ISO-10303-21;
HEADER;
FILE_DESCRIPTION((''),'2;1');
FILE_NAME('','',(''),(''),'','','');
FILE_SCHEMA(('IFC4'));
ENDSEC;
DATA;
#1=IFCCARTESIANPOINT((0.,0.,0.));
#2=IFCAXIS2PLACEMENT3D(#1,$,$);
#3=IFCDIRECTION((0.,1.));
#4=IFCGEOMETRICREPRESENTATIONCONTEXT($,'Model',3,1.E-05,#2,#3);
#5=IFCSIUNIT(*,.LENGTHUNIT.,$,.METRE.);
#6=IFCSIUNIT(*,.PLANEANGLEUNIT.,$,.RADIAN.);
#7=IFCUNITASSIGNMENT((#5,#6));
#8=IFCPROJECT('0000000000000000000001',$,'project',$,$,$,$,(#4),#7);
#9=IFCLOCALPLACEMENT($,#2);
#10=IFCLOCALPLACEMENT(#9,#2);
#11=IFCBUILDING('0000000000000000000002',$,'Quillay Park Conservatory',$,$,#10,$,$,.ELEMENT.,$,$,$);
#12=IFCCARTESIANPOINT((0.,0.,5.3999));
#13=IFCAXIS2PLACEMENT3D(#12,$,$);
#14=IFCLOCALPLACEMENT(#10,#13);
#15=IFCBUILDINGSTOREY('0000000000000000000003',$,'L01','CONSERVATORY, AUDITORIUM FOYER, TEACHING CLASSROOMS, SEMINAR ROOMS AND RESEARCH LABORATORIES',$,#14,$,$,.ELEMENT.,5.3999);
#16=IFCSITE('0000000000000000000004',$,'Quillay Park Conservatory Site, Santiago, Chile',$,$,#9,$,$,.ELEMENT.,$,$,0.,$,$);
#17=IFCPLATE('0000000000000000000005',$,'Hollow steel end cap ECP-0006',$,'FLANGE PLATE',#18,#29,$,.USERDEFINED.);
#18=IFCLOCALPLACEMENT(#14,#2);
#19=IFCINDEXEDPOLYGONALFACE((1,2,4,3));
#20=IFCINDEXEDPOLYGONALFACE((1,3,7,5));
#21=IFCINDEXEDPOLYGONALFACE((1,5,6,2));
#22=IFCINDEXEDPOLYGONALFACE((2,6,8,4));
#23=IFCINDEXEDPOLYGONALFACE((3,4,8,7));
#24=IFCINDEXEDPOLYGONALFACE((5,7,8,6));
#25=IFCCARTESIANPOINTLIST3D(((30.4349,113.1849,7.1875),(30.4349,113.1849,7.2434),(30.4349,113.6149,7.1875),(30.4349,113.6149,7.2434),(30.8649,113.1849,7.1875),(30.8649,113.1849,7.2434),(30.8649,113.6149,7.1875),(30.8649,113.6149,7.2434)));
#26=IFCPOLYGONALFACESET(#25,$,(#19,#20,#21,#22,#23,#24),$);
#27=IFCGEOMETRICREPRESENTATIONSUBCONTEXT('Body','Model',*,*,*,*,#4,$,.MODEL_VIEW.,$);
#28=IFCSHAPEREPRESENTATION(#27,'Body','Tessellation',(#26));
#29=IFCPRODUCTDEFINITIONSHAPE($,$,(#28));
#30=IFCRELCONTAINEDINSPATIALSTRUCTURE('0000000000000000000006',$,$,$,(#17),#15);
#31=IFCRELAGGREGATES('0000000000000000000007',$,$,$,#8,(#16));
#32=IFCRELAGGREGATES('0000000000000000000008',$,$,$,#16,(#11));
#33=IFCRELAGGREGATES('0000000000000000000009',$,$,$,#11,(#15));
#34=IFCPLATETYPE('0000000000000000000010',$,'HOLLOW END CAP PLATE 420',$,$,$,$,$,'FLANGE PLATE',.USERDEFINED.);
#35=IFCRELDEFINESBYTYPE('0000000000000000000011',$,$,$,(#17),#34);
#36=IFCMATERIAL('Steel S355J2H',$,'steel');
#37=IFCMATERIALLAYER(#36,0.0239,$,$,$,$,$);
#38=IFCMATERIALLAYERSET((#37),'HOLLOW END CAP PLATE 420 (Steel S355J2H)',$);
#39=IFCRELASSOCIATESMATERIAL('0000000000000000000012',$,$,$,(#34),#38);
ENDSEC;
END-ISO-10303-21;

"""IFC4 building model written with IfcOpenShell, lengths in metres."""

from ifc_helpers import new_model, si_unit, direction, frame, origin, origin_2d, place, context, subcontext, project, spatial, rectangle, extrude, material, layer, layer_set, type_object, element, save


model = new_model("IFC4")

# Units and contexts
model_context = context("Model", 3, precision=1e-05, world=origin(), true_north=direction((0.0, 1.0)))
body_context = subcontext(model_context, "Body", "Model", "MODEL_VIEW")
ifc_project = project(units=[si_unit("LENGTHUNIT", "METRE"), si_unit("PLANEANGLEUNIT", "RADIAN")], contexts=[model_context])

# Site, building, storey
site_placement = place(None, origin())
site = spatial("IfcSite", under=ifc_project, at=site_placement, Name="Quillay Park Conservatory Site, Santiago, Chile", CompositionType="ELEMENT", RefElevation=0.0)
building_placement = place(site_placement, origin())
building = spatial("IfcBuilding", under=site, at=building_placement, Name="Quillay Park Conservatory", CompositionType="ELEMENT")
storey_placement = place(building_placement, frame((0.0, 0.0, 5.3999)))
storey = spatial("IfcBuildingStorey", under=building, at=storey_placement, Name="L01", Description="CONSERVATORY, AUDITORIUM FOYER, TEACHING CLASSROOMS, SEMINAR ROOMS AND RESEARCH LABORATORIES", CompositionType="ELEMENT", Elevation=5.3999)

# Plate
ifc_material_1 = material(Name="Steel S355J2H", Category="steel")
ifc_layer_1 = layer(ifc_material_1, 0.0239)
ifc_layer_set_1 = layer_set([ifc_layer_1], Name="HOLLOW END CAP PLATE 420 (Steel S355J2H)")
plate_type_1 = type_object("IfcPlateType", Name="HOLLOW END CAP PLATE 420", ElementType="FLANGE PLATE", PredefinedType="USERDEFINED", material=ifc_layer_set_1)
plate_1_placement = place(storey_placement, frame((30.6499, 113.3999, 7.1875), z_axis=(0.0, 0.0, 1.0), x_axis=(1.0, 0.0, 0.0)))
element("IfcPlate", 1, at=plate_1_placement, inside=storey, type_object=plate_type_1, Name="Hollow steel end cap ECP-0006", ObjectType="FLANGE PLATE", PredefinedType="USERDEFINED", context=body_context, shape_type="SweptSolid", body=[
    extrude(rectangle(XDim=0.4299, YDim=0.4299, at=origin_2d()), origin(), (0.0, 0.0, 1.0), 0.0559),
])

save(model, "model.ifc")
